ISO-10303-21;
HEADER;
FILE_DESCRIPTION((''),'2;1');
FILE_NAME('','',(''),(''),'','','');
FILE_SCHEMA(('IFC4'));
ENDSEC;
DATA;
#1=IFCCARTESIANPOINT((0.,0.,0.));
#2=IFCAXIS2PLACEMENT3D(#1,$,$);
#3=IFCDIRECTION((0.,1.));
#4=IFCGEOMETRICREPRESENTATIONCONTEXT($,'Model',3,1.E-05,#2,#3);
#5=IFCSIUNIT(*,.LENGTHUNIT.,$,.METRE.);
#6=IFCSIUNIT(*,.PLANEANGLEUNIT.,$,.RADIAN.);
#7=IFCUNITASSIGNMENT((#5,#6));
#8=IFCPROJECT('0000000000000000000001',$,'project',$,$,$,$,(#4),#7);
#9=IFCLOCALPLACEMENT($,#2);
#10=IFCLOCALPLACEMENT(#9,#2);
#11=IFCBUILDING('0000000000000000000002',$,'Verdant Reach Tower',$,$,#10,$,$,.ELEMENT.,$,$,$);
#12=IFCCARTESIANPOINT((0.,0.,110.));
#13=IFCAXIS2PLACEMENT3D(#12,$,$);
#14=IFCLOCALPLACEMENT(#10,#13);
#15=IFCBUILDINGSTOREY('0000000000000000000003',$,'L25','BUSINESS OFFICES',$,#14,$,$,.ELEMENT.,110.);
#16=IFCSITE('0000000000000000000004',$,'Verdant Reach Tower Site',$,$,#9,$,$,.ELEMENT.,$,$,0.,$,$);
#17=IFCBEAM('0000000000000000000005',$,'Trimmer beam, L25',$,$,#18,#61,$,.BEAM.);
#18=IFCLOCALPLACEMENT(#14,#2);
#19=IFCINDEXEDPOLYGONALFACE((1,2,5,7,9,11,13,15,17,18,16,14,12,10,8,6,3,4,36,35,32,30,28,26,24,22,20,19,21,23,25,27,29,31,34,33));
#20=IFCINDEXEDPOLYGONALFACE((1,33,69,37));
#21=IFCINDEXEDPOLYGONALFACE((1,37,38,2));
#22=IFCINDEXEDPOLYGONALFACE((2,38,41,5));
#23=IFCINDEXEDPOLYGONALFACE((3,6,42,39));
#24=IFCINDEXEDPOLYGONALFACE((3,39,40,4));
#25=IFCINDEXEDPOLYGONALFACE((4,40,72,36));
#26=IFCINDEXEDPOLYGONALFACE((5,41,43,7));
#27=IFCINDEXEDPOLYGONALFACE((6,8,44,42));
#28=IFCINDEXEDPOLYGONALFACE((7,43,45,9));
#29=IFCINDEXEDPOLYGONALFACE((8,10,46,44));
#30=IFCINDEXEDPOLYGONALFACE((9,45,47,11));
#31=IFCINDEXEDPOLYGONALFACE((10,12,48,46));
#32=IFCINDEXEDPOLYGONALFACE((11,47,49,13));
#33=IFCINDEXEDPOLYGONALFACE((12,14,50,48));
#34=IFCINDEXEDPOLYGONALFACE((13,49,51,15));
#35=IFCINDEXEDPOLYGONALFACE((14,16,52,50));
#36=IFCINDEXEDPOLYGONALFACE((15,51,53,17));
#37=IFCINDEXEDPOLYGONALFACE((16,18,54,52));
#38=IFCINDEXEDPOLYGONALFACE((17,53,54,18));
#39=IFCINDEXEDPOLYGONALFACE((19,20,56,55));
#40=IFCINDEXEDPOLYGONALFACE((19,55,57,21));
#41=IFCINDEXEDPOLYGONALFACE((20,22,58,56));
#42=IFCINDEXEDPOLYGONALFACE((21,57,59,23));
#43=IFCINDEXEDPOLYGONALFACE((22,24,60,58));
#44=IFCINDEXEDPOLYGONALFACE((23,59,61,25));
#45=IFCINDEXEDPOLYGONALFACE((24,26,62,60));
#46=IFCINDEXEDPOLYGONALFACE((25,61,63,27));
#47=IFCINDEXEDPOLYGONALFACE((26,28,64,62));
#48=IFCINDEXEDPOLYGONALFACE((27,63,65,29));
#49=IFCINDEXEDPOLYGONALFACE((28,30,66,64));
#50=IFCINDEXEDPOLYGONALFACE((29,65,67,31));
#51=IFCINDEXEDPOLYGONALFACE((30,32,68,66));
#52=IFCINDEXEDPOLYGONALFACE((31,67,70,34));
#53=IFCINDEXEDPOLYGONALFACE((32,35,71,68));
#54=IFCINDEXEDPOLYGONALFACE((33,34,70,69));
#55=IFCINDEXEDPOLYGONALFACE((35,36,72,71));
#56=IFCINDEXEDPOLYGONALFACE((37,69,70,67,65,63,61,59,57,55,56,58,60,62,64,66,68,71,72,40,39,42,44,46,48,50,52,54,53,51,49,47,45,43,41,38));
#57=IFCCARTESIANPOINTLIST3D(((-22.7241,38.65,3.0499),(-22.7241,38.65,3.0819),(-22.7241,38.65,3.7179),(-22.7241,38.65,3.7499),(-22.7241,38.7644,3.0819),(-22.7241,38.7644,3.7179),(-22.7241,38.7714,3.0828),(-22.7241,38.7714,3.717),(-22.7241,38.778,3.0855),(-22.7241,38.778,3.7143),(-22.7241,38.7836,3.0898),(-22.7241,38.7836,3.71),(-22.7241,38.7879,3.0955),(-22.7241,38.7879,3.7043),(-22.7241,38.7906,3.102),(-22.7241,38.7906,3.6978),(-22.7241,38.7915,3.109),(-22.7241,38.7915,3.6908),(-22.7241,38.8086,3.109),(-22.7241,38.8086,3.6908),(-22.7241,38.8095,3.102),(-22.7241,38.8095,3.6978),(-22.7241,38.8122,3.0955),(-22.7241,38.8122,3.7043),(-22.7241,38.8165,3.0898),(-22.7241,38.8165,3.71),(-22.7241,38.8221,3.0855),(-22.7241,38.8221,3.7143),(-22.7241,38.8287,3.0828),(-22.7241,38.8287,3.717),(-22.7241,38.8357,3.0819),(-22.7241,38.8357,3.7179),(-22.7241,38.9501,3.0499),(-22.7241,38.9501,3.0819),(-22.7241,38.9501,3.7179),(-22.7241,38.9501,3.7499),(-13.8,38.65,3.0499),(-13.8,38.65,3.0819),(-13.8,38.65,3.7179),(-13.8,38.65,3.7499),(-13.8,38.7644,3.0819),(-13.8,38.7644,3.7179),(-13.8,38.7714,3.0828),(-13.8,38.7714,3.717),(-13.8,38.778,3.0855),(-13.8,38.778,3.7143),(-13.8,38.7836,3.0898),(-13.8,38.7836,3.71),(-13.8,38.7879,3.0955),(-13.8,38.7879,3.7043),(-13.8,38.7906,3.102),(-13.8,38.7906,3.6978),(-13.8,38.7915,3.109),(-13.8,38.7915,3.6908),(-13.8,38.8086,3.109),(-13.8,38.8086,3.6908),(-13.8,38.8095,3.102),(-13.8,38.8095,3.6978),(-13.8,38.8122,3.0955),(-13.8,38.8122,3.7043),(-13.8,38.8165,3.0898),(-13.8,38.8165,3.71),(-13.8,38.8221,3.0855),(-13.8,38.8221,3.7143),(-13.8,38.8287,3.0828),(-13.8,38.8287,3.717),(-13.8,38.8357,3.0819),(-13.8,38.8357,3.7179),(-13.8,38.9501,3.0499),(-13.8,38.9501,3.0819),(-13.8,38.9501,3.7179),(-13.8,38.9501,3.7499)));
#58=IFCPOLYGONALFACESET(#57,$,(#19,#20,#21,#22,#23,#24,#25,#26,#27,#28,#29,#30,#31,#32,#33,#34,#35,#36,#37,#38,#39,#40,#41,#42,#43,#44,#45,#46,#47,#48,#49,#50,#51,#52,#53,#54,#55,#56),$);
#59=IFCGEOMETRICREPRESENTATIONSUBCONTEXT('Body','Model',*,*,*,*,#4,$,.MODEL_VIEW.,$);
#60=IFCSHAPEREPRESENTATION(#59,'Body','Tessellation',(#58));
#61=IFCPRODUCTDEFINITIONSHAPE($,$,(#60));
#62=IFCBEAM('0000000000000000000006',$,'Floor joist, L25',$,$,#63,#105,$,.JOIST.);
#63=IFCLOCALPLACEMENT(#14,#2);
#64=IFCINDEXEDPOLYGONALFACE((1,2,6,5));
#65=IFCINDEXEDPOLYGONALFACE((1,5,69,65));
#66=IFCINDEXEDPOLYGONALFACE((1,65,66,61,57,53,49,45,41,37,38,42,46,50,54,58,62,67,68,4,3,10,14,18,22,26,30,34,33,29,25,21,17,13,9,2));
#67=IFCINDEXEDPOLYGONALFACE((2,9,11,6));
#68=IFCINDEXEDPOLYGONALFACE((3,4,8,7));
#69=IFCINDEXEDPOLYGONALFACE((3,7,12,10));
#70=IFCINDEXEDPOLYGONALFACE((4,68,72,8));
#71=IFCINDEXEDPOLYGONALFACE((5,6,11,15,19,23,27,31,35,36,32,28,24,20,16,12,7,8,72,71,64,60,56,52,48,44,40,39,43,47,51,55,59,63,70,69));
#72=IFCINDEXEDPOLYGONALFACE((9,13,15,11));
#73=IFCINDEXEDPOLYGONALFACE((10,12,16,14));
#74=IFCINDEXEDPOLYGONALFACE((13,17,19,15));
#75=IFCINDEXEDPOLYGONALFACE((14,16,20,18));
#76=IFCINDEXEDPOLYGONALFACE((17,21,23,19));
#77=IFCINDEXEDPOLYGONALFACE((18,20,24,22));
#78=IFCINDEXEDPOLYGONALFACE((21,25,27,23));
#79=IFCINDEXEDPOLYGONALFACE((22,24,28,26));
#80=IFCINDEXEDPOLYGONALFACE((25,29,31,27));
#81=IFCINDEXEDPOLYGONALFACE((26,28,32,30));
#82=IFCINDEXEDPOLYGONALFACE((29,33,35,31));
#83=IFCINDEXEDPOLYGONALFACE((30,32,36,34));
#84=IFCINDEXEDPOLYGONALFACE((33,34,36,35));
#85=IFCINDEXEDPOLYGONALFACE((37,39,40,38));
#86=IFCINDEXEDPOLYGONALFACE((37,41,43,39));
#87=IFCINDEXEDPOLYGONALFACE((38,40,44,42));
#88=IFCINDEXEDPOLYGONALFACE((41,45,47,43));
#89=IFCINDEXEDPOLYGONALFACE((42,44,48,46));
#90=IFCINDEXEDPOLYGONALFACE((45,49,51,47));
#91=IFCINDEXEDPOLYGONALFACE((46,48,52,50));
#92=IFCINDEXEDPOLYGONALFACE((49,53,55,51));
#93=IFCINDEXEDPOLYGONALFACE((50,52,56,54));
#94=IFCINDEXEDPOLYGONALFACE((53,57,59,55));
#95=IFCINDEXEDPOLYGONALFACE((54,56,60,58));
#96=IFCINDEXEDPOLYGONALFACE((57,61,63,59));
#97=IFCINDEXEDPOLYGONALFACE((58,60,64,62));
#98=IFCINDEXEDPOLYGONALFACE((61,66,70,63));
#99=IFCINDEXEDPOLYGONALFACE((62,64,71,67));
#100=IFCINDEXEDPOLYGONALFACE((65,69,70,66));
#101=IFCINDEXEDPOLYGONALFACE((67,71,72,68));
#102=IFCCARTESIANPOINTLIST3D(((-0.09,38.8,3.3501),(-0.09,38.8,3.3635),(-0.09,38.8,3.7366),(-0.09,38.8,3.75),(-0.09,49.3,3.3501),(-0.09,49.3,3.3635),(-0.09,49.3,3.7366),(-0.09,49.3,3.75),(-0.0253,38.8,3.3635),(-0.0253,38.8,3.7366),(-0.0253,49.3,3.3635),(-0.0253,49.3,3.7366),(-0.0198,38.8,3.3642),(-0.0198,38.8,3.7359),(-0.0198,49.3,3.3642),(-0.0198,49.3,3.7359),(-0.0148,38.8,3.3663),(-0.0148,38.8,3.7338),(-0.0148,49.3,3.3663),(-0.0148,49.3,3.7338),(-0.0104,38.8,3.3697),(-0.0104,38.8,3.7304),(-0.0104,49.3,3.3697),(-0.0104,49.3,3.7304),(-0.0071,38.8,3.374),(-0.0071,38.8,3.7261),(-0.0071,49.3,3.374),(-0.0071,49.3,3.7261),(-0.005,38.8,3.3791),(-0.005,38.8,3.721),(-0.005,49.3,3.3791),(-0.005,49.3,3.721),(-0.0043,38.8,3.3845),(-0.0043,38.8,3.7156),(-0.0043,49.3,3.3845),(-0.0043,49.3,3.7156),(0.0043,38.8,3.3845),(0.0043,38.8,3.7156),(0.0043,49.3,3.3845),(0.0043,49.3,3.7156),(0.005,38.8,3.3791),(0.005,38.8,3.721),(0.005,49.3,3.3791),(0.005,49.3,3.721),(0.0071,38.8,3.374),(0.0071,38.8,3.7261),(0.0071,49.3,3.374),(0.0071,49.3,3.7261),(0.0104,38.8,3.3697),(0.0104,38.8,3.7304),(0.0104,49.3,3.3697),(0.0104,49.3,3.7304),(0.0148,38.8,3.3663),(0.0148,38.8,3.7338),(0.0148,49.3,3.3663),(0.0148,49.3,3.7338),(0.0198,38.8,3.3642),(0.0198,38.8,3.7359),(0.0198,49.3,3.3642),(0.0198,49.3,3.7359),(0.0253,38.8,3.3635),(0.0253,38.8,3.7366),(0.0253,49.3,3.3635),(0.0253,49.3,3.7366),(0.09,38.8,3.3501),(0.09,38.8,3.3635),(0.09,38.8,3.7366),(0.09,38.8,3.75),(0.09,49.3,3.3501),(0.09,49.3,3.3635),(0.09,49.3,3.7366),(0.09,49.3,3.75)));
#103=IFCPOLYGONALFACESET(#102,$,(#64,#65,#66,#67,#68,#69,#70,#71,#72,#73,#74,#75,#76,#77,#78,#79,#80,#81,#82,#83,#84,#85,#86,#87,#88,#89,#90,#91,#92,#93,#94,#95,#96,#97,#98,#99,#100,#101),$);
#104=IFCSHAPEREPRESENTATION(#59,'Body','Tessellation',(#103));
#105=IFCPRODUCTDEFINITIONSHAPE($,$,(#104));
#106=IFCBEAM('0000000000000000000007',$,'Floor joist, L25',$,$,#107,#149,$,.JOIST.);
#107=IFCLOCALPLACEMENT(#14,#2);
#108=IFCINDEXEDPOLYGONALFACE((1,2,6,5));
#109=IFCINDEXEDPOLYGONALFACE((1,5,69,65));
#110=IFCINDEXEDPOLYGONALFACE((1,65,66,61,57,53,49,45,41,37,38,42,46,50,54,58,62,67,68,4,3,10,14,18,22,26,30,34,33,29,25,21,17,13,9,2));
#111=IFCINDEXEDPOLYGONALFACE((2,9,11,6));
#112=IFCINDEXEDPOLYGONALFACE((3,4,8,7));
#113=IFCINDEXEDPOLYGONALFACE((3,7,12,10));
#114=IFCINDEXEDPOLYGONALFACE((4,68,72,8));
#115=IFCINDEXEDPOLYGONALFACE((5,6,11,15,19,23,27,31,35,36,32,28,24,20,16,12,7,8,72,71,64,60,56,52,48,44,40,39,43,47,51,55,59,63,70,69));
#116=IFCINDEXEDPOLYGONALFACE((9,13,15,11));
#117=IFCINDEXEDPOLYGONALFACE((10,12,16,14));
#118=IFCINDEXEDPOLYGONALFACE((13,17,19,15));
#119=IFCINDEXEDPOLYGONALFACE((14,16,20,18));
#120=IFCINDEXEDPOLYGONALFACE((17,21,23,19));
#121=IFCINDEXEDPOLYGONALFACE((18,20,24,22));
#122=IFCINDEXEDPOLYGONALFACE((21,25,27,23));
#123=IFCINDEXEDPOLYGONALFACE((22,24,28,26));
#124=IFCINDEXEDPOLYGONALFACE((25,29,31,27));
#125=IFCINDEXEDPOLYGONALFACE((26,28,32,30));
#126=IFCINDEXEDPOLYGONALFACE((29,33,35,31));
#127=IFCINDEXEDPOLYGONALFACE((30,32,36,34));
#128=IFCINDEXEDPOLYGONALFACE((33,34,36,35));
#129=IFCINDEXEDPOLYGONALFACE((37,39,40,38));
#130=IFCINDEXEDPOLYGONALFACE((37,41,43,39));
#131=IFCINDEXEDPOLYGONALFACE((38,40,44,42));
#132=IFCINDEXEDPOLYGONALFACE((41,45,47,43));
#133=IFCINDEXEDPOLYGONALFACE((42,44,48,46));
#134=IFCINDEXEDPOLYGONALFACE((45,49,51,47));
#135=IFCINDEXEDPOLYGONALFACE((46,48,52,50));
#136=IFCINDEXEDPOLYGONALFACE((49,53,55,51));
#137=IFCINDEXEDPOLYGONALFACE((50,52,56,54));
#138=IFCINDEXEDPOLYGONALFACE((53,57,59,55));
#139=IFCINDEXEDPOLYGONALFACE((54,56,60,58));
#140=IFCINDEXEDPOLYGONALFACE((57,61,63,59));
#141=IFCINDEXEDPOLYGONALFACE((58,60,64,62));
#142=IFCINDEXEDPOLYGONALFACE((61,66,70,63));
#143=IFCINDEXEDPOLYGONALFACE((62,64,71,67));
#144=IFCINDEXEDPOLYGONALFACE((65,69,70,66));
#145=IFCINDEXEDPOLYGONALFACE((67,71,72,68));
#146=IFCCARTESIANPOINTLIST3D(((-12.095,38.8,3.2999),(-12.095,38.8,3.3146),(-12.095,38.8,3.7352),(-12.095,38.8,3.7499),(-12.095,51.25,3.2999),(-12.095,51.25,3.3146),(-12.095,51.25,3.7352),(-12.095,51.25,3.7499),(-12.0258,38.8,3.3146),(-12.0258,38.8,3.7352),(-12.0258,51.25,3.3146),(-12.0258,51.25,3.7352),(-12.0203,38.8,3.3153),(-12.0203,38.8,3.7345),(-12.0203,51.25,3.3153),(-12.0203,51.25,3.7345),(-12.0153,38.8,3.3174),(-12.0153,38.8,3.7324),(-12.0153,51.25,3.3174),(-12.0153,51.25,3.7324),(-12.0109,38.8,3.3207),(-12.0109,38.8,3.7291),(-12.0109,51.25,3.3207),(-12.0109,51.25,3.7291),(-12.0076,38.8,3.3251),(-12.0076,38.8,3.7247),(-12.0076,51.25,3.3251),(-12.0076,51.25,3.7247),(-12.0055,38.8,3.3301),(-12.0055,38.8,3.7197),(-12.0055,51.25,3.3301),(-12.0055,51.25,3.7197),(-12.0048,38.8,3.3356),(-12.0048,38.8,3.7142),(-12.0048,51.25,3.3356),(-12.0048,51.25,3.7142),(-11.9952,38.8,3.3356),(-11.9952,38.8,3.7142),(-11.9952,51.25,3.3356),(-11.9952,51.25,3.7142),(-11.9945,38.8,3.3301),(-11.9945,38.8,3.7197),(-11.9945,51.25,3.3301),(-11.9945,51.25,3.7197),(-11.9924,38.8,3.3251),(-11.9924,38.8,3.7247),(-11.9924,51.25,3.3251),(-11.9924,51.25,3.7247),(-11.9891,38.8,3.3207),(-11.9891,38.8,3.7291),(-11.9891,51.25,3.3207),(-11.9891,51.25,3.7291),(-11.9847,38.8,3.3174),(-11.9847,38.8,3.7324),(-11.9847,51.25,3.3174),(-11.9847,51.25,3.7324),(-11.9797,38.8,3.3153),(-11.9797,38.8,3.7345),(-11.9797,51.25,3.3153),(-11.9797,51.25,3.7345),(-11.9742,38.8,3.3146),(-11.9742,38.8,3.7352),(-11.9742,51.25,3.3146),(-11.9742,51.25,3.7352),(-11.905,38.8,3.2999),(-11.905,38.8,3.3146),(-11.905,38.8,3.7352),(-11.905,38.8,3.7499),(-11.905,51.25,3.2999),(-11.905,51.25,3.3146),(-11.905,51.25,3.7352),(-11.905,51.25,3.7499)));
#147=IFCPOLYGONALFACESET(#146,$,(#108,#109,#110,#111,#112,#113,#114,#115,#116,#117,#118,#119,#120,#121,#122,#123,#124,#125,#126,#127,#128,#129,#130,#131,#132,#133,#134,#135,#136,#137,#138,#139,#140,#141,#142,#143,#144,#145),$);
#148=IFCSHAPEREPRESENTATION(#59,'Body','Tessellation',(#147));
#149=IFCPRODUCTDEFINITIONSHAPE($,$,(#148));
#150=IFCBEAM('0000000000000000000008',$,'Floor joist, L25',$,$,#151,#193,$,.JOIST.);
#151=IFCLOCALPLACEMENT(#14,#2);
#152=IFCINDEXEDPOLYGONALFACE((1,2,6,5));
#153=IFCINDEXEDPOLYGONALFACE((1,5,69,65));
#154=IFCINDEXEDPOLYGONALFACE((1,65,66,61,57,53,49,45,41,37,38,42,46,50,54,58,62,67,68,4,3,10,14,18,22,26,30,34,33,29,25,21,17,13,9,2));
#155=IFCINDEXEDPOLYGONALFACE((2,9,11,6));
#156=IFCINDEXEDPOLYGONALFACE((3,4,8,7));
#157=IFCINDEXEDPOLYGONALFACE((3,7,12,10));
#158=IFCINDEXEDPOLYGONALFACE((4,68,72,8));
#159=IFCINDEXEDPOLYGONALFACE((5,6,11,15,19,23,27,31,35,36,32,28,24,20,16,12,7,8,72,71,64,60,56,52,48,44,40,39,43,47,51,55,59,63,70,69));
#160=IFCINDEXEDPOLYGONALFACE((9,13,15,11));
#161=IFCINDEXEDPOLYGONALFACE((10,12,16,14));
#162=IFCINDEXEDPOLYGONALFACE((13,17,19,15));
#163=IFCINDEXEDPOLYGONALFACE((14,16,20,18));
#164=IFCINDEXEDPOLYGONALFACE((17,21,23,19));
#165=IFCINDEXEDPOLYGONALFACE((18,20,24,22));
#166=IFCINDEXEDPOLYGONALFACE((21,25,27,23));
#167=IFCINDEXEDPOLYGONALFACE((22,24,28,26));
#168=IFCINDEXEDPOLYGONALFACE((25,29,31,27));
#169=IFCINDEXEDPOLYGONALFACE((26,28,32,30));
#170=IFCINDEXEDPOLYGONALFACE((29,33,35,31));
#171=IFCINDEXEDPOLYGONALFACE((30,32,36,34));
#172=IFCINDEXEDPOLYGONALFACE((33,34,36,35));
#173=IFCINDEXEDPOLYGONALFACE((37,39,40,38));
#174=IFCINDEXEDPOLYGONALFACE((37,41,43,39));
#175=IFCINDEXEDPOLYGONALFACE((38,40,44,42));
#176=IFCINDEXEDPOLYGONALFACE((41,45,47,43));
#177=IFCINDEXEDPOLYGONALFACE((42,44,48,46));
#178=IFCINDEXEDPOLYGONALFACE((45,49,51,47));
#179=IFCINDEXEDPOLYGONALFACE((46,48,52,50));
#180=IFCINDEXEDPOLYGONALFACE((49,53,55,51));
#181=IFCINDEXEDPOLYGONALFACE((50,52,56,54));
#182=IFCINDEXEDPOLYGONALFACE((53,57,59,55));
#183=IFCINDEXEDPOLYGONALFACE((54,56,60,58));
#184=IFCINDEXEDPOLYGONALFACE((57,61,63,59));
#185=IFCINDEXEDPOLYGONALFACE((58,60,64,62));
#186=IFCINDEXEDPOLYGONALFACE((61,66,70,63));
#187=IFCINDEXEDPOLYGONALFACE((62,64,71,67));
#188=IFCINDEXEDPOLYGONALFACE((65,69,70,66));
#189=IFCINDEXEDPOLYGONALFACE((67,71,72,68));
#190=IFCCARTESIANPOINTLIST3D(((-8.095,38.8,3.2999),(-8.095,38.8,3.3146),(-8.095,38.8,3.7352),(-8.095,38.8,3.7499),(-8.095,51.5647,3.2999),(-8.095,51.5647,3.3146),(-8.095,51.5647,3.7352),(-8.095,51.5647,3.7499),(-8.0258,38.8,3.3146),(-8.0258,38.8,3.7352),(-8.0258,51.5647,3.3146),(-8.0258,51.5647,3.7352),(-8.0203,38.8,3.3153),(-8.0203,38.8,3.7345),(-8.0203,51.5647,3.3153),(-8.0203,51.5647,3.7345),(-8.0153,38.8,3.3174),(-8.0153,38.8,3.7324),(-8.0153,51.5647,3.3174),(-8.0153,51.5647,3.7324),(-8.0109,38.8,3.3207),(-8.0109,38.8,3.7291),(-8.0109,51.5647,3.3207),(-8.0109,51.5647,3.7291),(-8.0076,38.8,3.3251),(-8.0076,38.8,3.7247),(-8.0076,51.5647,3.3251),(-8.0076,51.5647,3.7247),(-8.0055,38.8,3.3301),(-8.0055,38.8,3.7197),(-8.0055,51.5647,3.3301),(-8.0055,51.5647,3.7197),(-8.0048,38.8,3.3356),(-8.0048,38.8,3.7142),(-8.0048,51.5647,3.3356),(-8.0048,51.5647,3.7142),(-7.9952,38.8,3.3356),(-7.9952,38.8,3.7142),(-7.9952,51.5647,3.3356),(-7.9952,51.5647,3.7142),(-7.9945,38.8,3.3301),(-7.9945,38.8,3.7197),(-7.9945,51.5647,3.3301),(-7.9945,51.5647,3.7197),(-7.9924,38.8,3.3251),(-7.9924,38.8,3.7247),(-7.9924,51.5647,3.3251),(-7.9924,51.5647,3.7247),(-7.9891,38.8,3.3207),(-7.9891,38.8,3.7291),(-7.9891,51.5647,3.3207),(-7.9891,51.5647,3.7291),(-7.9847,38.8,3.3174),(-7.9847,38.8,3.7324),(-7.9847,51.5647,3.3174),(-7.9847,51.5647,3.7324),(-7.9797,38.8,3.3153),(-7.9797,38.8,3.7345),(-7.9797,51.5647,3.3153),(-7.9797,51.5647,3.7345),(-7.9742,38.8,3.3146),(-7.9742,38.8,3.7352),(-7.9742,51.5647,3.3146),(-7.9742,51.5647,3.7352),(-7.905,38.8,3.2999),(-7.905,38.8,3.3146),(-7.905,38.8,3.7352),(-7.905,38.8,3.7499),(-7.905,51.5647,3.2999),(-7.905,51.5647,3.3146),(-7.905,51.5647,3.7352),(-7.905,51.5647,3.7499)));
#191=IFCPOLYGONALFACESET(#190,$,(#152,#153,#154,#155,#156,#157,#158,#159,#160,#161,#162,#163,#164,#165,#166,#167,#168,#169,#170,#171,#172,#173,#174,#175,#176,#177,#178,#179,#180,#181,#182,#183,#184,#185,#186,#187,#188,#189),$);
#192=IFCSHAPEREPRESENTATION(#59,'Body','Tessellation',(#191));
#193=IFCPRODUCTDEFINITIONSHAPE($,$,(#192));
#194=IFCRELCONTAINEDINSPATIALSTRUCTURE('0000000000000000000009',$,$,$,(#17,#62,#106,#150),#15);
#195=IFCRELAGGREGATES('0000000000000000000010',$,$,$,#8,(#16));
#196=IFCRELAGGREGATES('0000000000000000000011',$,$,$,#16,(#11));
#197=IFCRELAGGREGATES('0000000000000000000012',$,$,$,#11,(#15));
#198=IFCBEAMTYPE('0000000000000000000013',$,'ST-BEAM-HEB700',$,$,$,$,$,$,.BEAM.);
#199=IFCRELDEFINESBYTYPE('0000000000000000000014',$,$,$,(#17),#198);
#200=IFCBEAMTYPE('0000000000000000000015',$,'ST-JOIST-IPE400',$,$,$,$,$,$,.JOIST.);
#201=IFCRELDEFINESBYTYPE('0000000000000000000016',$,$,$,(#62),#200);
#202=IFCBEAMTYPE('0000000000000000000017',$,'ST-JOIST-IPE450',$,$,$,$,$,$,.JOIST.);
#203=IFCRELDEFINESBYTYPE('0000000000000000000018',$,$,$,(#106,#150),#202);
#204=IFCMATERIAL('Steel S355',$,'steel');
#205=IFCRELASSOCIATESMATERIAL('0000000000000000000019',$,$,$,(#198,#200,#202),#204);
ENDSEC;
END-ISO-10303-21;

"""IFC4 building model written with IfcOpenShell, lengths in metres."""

from ifc_helpers import new_model, si_unit, direction, frame, origin, origin_2d, place, context, subcontext, project, spatial, i_section, extrude, material, material_profile, profile_set, type_object, element, save


model = new_model("IFC4")

# Units and contexts
model_context = context("Model", 3, precision=1e-05, world=origin(), true_north=direction((0.0, 1.0)))
body_context = subcontext(model_context, "Body", "Model", "MODEL_VIEW")
ifc_project = project(units=[si_unit("LENGTHUNIT", "METRE"), si_unit("PLANEANGLEUNIT", "RADIAN")], contexts=[model_context])

# Site, building, storey
site_placement = place(None, origin())
site = spatial("IfcSite", under=ifc_project, at=site_placement, Name="Verdant Reach Tower Site", CompositionType="ELEMENT", RefElevation=0.0)
building_placement = place(site_placement, origin())
building = spatial("IfcBuilding", under=site, at=building_placement, Name="Verdant Reach Tower", CompositionType="ELEMENT")
storey_placement = place(building_placement, frame((0.0, 0.0, 110.0)))
storey = spatial("IfcBuildingStorey", under=building, at=storey_placement, Name="L25", Description="BUSINESS OFFICES", CompositionType="ELEMENT", Elevation=110.0)

# Beams
ifc_material_1 = material(Name="Steel S355", Category="steel")
ifc_material_profile_1 = material_profile(ifc_material_1, i_section(OverallWidth=0.3, OverallDepth=0.7, WebThickness=0.0171, FlangeThickness=0.032, FilletRadius=0.0271, at=origin_2d()), Name="HEB 700")
ifc_profile_set_1 = profile_set([ifc_material_profile_1], Name="Steel S355")
beam_type_1 = type_object("IfcBeamType", Name="ST-BEAM-HEB700", PredefinedType="BEAM", material=ifc_profile_set_1)
beam_1_placement = place(storey_placement, frame((-13.8, 38.8, 3.3999), z_axis=(-1.0, 0.0, 0.0), x_axis=(0.0, -1.0, 0.0)))
element("IfcBeam", 1, at=beam_1_placement, inside=storey, type_object=beam_type_1, Name="Trimmer beam, L25", PredefinedType="BEAM", context=body_context, shape_type="SweptSolid", body=[
    extrude(i_section(OverallWidth=0.3, OverallDepth=0.7, WebThickness=0.0171, FlangeThickness=0.032, FilletRadius=0.0271, at=origin_2d()), origin(), (0.0, 0.0, 1.0), 8.9241),
])
ifc_material_profile_2 = material_profile(ifc_material_1, i_section(OverallWidth=0.1799, OverallDepth=0.3999, WebThickness=0.0085, FlangeThickness=0.0134, FilletRadius=0.021, at=origin_2d()), Name="IPE 400")
ifc_profile_set_2 = profile_set([ifc_material_profile_2], Name="Steel S355")
beam_type_2 = type_object("IfcBeamType", Name="ST-JOIST-IPE400", PredefinedType="JOIST", material=ifc_profile_set_2)
beam_2_placement = place(storey_placement, frame((0.0, 38.8, 3.55), z_axis=(0.0, 1.0, 0.0), x_axis=(-1.0, 0.0, 0.0)))
element("IfcBeam", 2, at=beam_2_placement, inside=storey, type_object=beam_type_2, Name="Floor joist, L25", PredefinedType="JOIST", context=body_context, shape_type="SweptSolid", body=[
    extrude(i_section(OverallWidth=0.1799, OverallDepth=0.3999, WebThickness=0.0085, FlangeThickness=0.0134, FilletRadius=0.021, at=origin_2d()), origin(), (0.0, 0.0, 1.0), 10.5),
])
ifc_material_profile_3 = material_profile(ifc_material_1, i_section(OverallWidth=0.1899, OverallDepth=0.45, WebThickness=0.0095, FlangeThickness=0.0146, FilletRadius=0.021, at=origin_2d()), Name="IPE 450")
ifc_profile_set_3 = profile_set([ifc_material_profile_3], Name="Steel S355")
beam_type_3 = type_object("IfcBeamType", Name="ST-JOIST-IPE450", PredefinedType="JOIST", material=ifc_profile_set_3)
beam_3_placement = place(storey_placement, frame((-12.0, 38.8, 3.5249), z_axis=(0.0, 1.0, 0.0), x_axis=(-1.0, 0.0, 0.0)))
element("IfcBeam", 3, at=beam_3_placement, inside=storey, type_object=beam_type_3, Name="Floor joist, L25", PredefinedType="JOIST", context=body_context, shape_type="SweptSolid", body=[
    extrude(i_section(OverallWidth=0.1899, OverallDepth=0.45, WebThickness=0.0095, FlangeThickness=0.0146, FilletRadius=0.021, at=origin_2d()), origin(), (0.0, 0.0, 1.0), 12.45),
])
beam_4_placement = place(storey_placement, frame((-8.0, 38.8, 3.5249), z_axis=(0.0, 1.0, 0.0), x_axis=(-1.0, 0.0, 0.0)))
element("IfcBeam", 4, at=beam_4_placement, inside=storey, type_object=beam_type_3, Name="Floor joist, L25", PredefinedType="JOIST", context=body_context, shape_type="SweptSolid", body=[
    extrude(i_section(OverallWidth=0.1899, OverallDepth=0.45, WebThickness=0.0095, FlangeThickness=0.0146, FilletRadius=0.021, at=origin_2d()), origin(), (0.0, 0.0, 1.0), 12.7646),
])

save(model, "model.ifc")
